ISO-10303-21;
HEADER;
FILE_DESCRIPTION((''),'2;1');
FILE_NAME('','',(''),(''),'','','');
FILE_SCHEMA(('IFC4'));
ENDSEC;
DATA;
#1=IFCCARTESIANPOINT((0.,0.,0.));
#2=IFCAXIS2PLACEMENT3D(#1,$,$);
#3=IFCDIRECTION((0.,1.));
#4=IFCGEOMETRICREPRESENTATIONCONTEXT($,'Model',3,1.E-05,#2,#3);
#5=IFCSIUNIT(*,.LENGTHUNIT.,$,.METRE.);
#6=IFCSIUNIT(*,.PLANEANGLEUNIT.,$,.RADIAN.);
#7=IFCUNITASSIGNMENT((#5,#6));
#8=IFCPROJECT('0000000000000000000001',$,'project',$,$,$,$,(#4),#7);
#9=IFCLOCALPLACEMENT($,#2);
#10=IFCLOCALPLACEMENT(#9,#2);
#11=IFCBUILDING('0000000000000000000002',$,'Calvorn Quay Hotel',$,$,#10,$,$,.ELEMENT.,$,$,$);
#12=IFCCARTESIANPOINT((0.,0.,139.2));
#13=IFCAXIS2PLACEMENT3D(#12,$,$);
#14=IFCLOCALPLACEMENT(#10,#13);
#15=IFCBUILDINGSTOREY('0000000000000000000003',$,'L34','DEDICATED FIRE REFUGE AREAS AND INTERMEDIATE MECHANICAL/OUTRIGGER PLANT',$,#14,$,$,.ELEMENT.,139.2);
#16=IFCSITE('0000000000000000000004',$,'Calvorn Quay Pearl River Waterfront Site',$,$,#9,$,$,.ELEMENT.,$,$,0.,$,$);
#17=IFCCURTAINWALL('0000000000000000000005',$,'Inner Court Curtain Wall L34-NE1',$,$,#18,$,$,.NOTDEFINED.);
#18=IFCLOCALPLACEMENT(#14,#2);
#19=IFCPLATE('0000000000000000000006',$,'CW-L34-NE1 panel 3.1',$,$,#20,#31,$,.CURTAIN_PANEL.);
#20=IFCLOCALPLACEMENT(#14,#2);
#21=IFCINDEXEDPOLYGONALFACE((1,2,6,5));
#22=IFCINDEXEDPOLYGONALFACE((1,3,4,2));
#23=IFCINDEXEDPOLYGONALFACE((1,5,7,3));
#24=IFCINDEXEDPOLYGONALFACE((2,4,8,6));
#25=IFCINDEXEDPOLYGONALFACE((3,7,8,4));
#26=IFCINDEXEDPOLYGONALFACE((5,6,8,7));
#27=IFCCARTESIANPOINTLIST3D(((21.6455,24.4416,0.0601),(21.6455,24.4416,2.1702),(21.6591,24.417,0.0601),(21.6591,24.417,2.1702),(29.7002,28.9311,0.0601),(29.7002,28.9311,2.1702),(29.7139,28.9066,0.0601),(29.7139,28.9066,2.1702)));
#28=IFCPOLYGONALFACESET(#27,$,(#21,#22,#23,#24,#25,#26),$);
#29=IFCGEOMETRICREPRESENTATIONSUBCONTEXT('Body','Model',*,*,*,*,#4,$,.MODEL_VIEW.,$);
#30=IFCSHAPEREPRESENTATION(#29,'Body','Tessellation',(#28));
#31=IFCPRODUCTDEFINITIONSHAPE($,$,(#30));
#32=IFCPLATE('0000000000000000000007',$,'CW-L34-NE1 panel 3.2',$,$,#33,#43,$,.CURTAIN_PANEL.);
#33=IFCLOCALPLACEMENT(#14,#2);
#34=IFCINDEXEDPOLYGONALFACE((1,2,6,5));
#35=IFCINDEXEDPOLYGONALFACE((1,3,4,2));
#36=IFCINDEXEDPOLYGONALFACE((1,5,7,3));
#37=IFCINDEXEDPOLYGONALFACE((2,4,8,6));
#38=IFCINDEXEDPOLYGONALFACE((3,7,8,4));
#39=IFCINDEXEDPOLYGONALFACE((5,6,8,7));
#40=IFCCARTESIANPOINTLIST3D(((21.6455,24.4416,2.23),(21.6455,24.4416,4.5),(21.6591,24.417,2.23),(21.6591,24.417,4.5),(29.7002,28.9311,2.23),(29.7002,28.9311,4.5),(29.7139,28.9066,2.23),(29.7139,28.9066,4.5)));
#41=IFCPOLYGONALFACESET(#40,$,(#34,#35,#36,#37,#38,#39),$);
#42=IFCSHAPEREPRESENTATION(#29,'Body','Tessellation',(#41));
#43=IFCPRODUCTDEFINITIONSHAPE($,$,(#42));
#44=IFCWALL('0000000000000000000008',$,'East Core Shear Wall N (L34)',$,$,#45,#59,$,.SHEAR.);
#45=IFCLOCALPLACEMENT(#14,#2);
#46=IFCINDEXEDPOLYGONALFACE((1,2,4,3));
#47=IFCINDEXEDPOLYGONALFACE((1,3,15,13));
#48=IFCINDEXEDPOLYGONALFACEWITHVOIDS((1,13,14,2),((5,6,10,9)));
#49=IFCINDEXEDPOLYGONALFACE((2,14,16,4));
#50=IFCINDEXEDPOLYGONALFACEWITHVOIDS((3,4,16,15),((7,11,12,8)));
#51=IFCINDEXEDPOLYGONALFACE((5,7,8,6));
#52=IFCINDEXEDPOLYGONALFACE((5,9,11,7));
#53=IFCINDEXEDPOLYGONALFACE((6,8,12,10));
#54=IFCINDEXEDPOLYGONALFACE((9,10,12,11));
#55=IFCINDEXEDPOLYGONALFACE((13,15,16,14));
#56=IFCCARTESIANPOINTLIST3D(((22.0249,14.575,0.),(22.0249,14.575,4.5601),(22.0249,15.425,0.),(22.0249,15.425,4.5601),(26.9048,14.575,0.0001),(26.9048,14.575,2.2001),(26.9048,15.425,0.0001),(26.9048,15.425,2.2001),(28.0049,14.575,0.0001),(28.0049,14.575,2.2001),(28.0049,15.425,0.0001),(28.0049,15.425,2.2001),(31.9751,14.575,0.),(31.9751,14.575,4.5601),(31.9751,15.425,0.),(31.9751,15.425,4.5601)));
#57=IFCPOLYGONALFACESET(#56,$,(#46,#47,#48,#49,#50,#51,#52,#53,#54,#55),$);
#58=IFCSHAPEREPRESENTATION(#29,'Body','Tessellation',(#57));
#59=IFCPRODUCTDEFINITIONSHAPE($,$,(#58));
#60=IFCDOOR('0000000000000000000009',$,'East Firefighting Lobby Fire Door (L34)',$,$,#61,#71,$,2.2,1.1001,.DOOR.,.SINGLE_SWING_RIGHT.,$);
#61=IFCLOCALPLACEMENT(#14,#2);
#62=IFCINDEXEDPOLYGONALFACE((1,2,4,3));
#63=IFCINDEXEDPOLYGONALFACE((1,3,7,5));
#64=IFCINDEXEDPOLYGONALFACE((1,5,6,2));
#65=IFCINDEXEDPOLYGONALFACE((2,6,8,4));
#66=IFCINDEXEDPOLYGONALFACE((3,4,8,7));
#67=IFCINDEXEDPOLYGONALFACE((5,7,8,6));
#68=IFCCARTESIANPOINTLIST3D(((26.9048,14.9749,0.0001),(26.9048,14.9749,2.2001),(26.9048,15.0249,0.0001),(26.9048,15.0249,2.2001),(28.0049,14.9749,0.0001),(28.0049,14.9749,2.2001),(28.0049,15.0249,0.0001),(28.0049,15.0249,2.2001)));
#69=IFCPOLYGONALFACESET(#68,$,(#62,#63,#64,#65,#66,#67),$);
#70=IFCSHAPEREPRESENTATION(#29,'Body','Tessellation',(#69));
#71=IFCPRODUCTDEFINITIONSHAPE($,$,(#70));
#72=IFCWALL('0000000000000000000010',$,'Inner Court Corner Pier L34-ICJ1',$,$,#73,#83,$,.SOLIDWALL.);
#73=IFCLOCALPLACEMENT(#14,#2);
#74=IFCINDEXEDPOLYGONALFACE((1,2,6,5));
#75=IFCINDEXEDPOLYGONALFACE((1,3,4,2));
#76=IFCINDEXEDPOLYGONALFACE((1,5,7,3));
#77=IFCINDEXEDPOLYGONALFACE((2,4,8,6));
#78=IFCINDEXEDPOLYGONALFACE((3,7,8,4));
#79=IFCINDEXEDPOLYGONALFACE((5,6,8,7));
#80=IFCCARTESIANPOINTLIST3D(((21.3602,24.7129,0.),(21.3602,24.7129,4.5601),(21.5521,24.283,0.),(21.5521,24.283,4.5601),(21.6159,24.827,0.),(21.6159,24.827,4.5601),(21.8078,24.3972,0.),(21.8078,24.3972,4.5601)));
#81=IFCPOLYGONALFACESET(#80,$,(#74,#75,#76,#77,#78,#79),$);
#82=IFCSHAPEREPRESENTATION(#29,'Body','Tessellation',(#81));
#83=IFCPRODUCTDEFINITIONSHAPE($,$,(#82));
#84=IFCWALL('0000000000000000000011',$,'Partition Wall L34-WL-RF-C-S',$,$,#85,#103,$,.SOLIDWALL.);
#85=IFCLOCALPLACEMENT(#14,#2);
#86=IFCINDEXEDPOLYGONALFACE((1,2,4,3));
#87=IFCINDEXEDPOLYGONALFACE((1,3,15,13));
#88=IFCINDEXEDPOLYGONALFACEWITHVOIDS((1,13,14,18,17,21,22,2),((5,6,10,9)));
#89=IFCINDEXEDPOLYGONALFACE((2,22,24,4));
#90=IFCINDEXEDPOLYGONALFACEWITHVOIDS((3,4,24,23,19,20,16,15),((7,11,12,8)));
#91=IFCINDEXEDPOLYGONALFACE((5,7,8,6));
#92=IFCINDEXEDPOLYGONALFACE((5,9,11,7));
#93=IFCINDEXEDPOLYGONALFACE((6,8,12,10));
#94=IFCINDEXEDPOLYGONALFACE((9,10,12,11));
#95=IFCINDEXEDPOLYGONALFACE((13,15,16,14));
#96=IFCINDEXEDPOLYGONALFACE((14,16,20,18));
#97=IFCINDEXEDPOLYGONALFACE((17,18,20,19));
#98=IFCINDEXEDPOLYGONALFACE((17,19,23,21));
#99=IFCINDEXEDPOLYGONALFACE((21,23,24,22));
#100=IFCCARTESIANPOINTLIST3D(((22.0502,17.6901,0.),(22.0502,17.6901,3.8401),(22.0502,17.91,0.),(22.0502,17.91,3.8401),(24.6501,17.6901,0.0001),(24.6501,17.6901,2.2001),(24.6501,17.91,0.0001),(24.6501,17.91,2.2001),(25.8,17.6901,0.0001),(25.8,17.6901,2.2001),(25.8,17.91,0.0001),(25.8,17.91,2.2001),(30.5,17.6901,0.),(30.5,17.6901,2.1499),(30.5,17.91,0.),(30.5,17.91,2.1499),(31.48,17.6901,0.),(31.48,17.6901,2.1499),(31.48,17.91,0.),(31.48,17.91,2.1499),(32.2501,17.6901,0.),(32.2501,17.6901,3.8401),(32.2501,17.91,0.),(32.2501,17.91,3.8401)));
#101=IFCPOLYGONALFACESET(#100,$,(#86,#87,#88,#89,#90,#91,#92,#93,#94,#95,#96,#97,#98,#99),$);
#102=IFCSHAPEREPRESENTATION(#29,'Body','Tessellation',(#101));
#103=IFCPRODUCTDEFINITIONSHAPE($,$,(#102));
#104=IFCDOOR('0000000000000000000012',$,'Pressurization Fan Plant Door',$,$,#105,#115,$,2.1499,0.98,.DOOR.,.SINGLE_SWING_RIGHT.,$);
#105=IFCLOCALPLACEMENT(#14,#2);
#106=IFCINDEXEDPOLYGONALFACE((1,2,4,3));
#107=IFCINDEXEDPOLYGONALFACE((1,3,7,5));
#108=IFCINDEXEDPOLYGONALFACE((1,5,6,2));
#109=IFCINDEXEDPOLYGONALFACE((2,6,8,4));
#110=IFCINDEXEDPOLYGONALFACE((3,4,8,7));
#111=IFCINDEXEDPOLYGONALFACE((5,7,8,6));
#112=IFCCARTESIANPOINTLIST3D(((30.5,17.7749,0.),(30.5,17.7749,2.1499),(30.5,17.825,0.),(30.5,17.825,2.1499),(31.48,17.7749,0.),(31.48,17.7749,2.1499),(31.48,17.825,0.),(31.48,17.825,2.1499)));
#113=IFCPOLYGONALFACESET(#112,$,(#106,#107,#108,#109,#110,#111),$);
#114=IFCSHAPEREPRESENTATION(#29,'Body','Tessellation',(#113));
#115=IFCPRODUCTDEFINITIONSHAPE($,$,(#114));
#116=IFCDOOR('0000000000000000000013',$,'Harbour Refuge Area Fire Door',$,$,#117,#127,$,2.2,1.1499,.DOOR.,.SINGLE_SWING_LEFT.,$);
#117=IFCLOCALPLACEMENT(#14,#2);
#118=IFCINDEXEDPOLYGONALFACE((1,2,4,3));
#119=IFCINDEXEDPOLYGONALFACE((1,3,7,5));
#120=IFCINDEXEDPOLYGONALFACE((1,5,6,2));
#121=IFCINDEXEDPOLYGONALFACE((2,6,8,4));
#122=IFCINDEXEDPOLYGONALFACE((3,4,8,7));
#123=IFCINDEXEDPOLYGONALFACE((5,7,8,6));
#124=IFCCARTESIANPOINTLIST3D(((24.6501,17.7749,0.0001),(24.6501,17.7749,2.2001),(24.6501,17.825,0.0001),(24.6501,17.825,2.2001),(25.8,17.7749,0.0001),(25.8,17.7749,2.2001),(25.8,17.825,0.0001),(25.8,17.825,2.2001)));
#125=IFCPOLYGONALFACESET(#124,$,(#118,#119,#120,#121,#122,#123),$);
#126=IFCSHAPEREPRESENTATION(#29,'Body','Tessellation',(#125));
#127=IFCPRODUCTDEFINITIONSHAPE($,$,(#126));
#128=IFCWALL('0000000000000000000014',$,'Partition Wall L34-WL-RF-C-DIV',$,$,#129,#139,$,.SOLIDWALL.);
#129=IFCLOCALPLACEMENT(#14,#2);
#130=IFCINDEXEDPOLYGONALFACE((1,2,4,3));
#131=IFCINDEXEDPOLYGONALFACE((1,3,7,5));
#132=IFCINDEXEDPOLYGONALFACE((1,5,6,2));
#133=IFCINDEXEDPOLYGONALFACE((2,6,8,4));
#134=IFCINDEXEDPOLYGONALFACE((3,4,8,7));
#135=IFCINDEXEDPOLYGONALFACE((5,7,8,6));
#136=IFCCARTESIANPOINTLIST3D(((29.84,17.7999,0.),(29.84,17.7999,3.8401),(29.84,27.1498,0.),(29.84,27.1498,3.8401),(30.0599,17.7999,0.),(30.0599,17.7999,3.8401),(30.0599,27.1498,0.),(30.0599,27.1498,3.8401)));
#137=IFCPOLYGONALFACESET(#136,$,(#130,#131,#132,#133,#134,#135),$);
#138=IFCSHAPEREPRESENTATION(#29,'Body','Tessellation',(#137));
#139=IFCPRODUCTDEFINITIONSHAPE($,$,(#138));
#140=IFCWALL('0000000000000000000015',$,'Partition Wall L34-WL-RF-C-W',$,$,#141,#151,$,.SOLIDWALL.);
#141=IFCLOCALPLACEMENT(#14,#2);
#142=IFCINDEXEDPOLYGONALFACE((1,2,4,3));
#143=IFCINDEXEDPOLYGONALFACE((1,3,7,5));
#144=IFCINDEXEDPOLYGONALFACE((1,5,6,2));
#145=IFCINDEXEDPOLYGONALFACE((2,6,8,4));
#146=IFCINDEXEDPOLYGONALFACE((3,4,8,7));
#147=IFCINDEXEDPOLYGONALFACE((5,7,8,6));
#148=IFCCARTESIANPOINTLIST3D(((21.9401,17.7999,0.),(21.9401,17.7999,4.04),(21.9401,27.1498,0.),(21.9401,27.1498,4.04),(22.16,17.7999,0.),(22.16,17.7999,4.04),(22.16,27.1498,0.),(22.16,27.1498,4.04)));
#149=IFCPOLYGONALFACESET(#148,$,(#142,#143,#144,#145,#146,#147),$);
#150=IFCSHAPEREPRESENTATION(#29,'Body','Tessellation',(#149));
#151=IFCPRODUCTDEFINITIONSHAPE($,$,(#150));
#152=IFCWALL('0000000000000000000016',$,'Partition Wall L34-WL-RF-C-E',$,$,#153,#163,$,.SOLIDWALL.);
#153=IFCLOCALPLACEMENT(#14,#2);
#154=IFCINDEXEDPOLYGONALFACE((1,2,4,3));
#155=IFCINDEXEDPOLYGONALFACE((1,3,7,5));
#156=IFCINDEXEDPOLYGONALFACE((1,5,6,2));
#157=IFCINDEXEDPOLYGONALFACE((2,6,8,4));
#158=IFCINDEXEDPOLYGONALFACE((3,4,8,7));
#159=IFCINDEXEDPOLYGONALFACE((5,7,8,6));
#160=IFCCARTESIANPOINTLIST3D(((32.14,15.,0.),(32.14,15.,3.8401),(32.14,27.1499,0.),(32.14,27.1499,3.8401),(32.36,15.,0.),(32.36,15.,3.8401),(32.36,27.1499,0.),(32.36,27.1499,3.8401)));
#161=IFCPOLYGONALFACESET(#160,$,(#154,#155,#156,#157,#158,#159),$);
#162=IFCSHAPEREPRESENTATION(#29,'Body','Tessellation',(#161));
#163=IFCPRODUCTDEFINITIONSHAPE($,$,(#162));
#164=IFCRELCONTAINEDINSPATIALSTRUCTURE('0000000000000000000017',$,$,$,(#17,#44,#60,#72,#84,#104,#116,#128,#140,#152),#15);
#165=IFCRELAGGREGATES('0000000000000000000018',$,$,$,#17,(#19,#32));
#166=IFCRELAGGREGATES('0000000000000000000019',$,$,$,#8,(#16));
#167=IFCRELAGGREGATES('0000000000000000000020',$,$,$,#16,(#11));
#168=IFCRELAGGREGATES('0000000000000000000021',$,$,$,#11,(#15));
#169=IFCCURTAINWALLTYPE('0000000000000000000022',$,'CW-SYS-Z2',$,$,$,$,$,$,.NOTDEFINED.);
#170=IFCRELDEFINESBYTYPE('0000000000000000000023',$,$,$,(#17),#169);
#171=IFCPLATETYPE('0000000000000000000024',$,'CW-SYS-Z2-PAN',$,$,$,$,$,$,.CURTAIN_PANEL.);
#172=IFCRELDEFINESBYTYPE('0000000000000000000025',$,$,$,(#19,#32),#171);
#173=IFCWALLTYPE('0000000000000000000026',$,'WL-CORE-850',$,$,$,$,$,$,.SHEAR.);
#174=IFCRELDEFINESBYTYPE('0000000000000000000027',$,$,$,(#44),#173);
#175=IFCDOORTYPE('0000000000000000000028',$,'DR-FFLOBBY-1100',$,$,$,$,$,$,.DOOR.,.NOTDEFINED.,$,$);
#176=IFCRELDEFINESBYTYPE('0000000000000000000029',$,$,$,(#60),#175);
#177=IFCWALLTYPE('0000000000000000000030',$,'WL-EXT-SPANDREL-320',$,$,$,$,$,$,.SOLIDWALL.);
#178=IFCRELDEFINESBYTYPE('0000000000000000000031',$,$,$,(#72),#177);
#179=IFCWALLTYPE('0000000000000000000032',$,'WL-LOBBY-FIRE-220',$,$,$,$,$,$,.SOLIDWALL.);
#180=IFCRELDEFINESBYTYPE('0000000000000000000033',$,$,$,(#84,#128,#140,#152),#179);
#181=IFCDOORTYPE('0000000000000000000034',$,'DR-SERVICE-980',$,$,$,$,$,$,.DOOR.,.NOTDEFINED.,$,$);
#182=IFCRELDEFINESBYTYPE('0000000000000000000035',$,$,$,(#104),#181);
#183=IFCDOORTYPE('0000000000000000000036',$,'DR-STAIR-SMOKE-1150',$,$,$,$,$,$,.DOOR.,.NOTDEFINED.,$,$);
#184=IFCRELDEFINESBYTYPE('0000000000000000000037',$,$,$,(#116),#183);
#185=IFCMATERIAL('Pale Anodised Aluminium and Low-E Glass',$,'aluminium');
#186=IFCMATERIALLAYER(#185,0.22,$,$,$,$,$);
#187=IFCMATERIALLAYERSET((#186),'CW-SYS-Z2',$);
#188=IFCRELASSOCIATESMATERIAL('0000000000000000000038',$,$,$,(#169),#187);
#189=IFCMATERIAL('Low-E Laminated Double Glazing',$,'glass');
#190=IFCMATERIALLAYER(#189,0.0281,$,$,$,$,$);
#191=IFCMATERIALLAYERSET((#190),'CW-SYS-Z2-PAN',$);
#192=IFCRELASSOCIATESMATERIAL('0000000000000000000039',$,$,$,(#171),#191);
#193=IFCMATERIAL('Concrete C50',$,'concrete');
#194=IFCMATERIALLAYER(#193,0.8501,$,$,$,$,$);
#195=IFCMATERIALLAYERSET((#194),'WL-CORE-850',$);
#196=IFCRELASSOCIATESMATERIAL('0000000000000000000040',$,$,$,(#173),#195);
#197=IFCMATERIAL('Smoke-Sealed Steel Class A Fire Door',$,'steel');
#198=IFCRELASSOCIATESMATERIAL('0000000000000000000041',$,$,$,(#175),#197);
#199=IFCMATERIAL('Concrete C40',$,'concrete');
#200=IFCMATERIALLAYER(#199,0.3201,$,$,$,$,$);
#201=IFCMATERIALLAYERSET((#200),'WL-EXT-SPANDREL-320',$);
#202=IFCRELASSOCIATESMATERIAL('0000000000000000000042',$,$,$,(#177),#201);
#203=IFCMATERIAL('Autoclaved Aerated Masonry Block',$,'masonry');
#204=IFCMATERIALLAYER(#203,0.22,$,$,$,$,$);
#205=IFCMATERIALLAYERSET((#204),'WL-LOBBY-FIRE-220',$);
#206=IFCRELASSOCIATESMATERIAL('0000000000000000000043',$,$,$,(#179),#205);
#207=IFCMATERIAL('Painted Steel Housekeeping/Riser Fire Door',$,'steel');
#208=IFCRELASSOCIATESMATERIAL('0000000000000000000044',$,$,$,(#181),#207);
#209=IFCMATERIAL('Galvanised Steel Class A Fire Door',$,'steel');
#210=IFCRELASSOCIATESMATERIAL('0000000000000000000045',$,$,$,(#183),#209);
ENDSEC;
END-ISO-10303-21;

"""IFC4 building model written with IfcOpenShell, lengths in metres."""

from ifc_helpers import new_model, si_unit, direction, frame, frame_2d, origin, origin_2d, place, context, subcontext, project, spatial, rectangle, extrude, material, layer, layer_set, type_object, element, fill, aggregate, save


model = new_model("IFC4")

# Units and contexts
model_context = context("Model", 3, precision=1e-05, world=origin(), true_north=direction((0.0, 1.0)))
body_context = subcontext(model_context, "Body", "Model", "MODEL_VIEW")
ifc_project = project(units=[si_unit("LENGTHUNIT", "METRE"), si_unit("PLANEANGLEUNIT", "RADIAN")], contexts=[model_context])

# Site, building, storey
site_placement = place(None, origin())
site = spatial("IfcSite", under=ifc_project, at=site_placement, Name="Calvorn Quay Pearl River Waterfront Site", CompositionType="ELEMENT", RefElevation=0.0)
building_placement = place(site_placement, origin())
building = spatial("IfcBuilding", under=site, at=building_placement, Name="Calvorn Quay Hotel", CompositionType="ELEMENT")
storey_placement = place(building_placement, frame((0.0, 0.0, 139.2)))
storey = spatial("IfcBuildingStorey", under=building, at=storey_placement, Name="L34", Description="DEDICATED FIRE REFUGE AREAS AND INTERMEDIATE MECHANICAL/OUTRIGGER PLANT", CompositionType="ELEMENT", Elevation=139.2)

# Curtain wall
ifc_material_1 = material(Name="Pale Anodised Aluminium and Low-E Glass", Category="aluminium")
ifc_layer_1 = layer(ifc_material_1, 0.22)
ifc_layer_set_1 = layer_set([ifc_layer_1], Name="CW-SYS-Z2")
curtain_wall_type = type_object("IfcCurtainWallType", Name="CW-SYS-Z2", PredefinedType="NOTDEFINED", material=ifc_layer_set_1)
curtain_wall_1_placement = place(storey_placement, origin())
curtain_wall_1 = element("IfcCurtainWall", 1, at=curtain_wall_1_placement, inside=storey, type_object=curtain_wall_type, Name="Inner Court Curtain Wall L34-NE1", PredefinedType="NOTDEFINED")

# Plates
ifc_material_2 = material(Name="Low-E Laminated Double Glazing", Category="glass")
ifc_layer_2 = layer(ifc_material_2, 0.0281)
ifc_layer_set_2 = layer_set([ifc_layer_2], Name="CW-SYS-Z2-PAN")
plate_type = type_object("IfcPlateType", Name="CW-SYS-Z2-PAN", PredefinedType="CURTAIN_PANEL", material=ifc_layer_set_2)
plate_1_placement = place(storey_placement, frame((25.6797, 26.6741, 0.0601), z_axis=(0.0, 0.0, 1.0), x_axis=(-0.873481, -0.486858, 0.0)))
plate_1 = element("IfcPlate", 2, at=plate_1_placement, type_object=plate_type, Name="CW-L34-NE1 panel 3.1", PredefinedType="CURTAIN_PANEL", context=body_context, shape_type="SweptSolid", body=[
    extrude(rectangle(XDim=9.2214, YDim=0.0281, at=origin_2d()), origin(), (0.0, 0.0, 1.0), 2.1101),
])
plate_2_placement = place(storey_placement, frame((25.6797, 26.6741, 2.23), z_axis=(0.0, 0.0, 1.0), x_axis=(-0.873481, -0.486858, 0.0)))
plate_2 = element("IfcPlate", 3, at=plate_2_placement, type_object=plate_type, Name="CW-L34-NE1 panel 3.2", PredefinedType="CURTAIN_PANEL", context=body_context, shape_type="SweptSolid", body=[
    extrude(rectangle(XDim=9.2214, YDim=0.0281, at=origin_2d()), origin(), (0.0, 0.0, 1.0), 2.27),
])
aggregate(curtain_wall_1, [plate_1, plate_2])

# Wall, opening, door
ifc_material_3 = material(Name="Concrete C50", Category="concrete")
ifc_layer_3 = layer(ifc_material_3, 0.8501)
ifc_layer_set_3 = layer_set([ifc_layer_3], Name="WL-CORE-850")
wall_type_1 = type_object("IfcWallType", Name="WL-CORE-850", PredefinedType="SHEAR", material=ifc_layer_set_3)
wall_1_placement = place(storey_placement, frame((22.0249, 15.0, 0.0), z_axis=(0.0, 0.0, 1.0), x_axis=(1.0, 0.0, 0.0)))
wall_1 = element("IfcWall", 4, at=wall_1_placement, inside=storey, type_object=wall_type_1, Name="East Core Shear Wall N (L34)", PredefinedType="SHEAR", context=body_context, shape_type="SweptSolid", body=[
    extrude(rectangle(XDim=9.9502, YDim=0.8501, at=frame_2d((4.9751, 0.0))), origin(), (0.0, 0.0, 1.0), 4.5601),
])
opening_1_placement = place(wall_1_placement, frame((4.8799, 0.0, 0.0)))
opening_1 = element("IfcOpeningElement", 5, at=opening_1_placement, cuts=wall_1, PredefinedType="OPENING", context=body_context, shape_type="SweptSolid", body=[
    extrude(rectangle(XDim=1.1001, YDim=2.2, at=frame_2d((0.55, 1.1001))), frame((0.0, 0.4351, 0.0), z_axis=(0.0, -1.0, 0.0), x_axis=(1.0, 0.0, 0.0)), (0.0, 0.0, 1.0), 0.8701),
])
ifc_material_4 = material(Name="Smoke-Sealed Steel Class A Fire Door", Category="steel")
door_type_1 = type_object("IfcDoorType", Name="DR-FFLOBBY-1100", OperationType="NOTDEFINED", PredefinedType="DOOR", material=ifc_material_4)
door_1_placement = place(opening_1_placement, origin())
door_1 = element("IfcDoor", 6, at=door_1_placement, inside=storey, type_object=door_type_1, Name="East Firefighting Lobby Fire Door (L34)", OperationType="SINGLE_SWING_RIGHT", OverallHeight=2.2, OverallWidth=1.1001, PredefinedType="DOOR", context=body_context, shape_type="SweptSolid", body=[
    extrude(rectangle(XDim=1.1001, YDim=2.2, at=frame_2d((0.55, 1.1001))), frame((0.0, 0.0249, 0.0), z_axis=(0.0, -1.0, 0.0), x_axis=(1.0, 0.0, 0.0)), (0.0, 0.0, 1.0), 0.05),
])
fill(opening_1, door_1)

# Wall
ifc_material_5 = material(Name="Concrete C40", Category="concrete")
ifc_layer_4 = layer(ifc_material_5, 0.3201)
ifc_layer_set_4 = layer_set([ifc_layer_4], Name="WL-EXT-SPANDREL-320")
wall_type_2 = type_object("IfcWallType", Name="WL-EXT-SPANDREL-320", PredefinedType="SOLIDWALL", material=ifc_layer_set_4)
wall_2_placement = place(storey_placement, frame((21.6799, 24.3401, 0.0), z_axis=(0.0, 0.0, 1.0), x_axis=(-0.407581, 0.913169, 0.0)))
element("IfcWall", 7, at=wall_2_placement, inside=storey, type_object=wall_type_2, Name="Inner Court Corner Pier L34-ICJ1", PredefinedType="SOLIDWALL", context=body_context, shape_type="SweptSolid", body=[
    extrude(rectangle(XDim=0.4707, YDim=0.28, at=frame_2d((0.2354, 0.0))), origin(), (0.0, 0.0, 1.0), 4.5601),
])

# Wall, openings, doors
ifc_material_6 = material(Name="Autoclaved Aerated Masonry Block", Category="masonry")
ifc_layer_5 = layer(ifc_material_6, 0.22)
ifc_layer_set_5 = layer_set([ifc_layer_5], Name="WL-LOBBY-FIRE-220")
wall_type_3 = type_object("IfcWallType", Name="WL-LOBBY-FIRE-220", PredefinedType="SOLIDWALL", material=ifc_layer_set_5)
wall_3_placement = place(storey_placement, frame((22.05, 17.8, 0.0), z_axis=(0.0, 0.0, 1.0), x_axis=(1.0, 0.0, 0.0)))
wall_3 = element("IfcWall", 8, at=wall_3_placement, inside=storey, type_object=wall_type_3, Name="Partition Wall L34-WL-RF-C-S", PredefinedType="SOLIDWALL", context=body_context, shape_type="SweptSolid", body=[
    extrude(rectangle(XDim=10.2, YDim=0.22, at=frame_2d((5.1001, 0.0))), origin(), (0.0, 0.0, 1.0), 3.8401),
])
opening_2_placement = place(wall_3_placement, frame((2.6001, 0.0, 0.0)))
opening_2 = element("IfcOpeningElement", 9, at=opening_2_placement, cuts=wall_3, PredefinedType="OPENING", context=body_context, shape_type="SweptSolid", body=[
    extrude(rectangle(XDim=1.1499, YDim=2.2, at=frame_2d((0.575, 1.1001))), frame((0.0, 0.1199, 0.0), z_axis=(0.0, -1.0, 0.0), x_axis=(1.0, 0.0, 0.0)), (0.0, 0.0, 1.0), 0.24),
])
opening_3_placement = place(wall_3_placement, frame((8.45, 0.0, 0.0)))
opening_3 = element("IfcOpeningElement", 10, at=opening_3_placement, cuts=wall_3, PredefinedType="OPENING", context=body_context, shape_type="SweptSolid", body=[
    extrude(rectangle(XDim=0.98, YDim=2.1499, at=frame_2d((0.49, 1.075))), frame((0.0, 0.1199, 0.0), z_axis=(0.0, -1.0, 0.0), x_axis=(1.0, 0.0, 0.0)), (0.0, 0.0, 1.0), 0.24),
])
ifc_material_7 = material(Name="Painted Steel Housekeeping/Riser Fire Door", Category="steel")
door_type_2 = type_object("IfcDoorType", Name="DR-SERVICE-980", OperationType="NOTDEFINED", PredefinedType="DOOR", material=ifc_material_7)
door_2_placement = place(opening_3_placement, origin())
door_2 = element("IfcDoor", 11, at=door_2_placement, inside=storey, type_object=door_type_2, Name="Pressurization Fan Plant Door", OperationType="SINGLE_SWING_RIGHT", OverallHeight=2.1499, OverallWidth=0.98, PredefinedType="DOOR", context=body_context, shape_type="SweptSolid", body=[
    extrude(rectangle(XDim=0.98, YDim=2.1499, at=frame_2d((0.49, 1.075))), frame((0.0, 0.0249, 0.0), z_axis=(0.0, -1.0, 0.0), x_axis=(1.0, 0.0, 0.0)), (0.0, 0.0, 1.0), 0.05),
])
fill(opening_3, door_2)
ifc_material_8 = material(Name="Galvanised Steel Class A Fire Door", Category="steel")
door_type_3 = type_object("IfcDoorType", Name="DR-STAIR-SMOKE-1150", OperationType="NOTDEFINED", PredefinedType="DOOR", material=ifc_material_8)
door_3_placement = place(opening_2_placement, origin())
door_3 = element("IfcDoor", 12, at=door_3_placement, inside=storey, type_object=door_type_3, Name="Harbour Refuge Area Fire Door", OperationType="SINGLE_SWING_LEFT", OverallHeight=2.2, OverallWidth=1.1499, PredefinedType="DOOR", context=body_context, shape_type="SweptSolid", body=[
    extrude(rectangle(XDim=1.1499, YDim=2.2, at=frame_2d((0.575, 1.1001))), frame((0.0, 0.0249, 0.0), z_axis=(0.0, -1.0, 0.0), x_axis=(1.0, 0.0, 0.0)), (0.0, 0.0, 1.0), 0.05),
])
fill(opening_2, door_3)

# Walls
wall_4_placement = place(storey_placement, frame((29.95, 17.8, 0.0), z_axis=(0.0, 0.0, 1.0), x_axis=(0.0, 1.0, 0.0)))
element("IfcWall", 13, at=wall_4_placement, inside=storey, type_object=wall_type_3, Name="Partition Wall L34-WL-RF-C-DIV", PredefinedType="SOLIDWALL", context=body_context, shape_type="SweptSolid", body=[
    extrude(rectangle(XDim=9.3499, YDim=0.22, at=frame_2d((4.6748, 0.0))), origin(), (0.0, 0.0, 1.0), 3.8401),
])
wall_5_placement = place(storey_placement, frame((22.05, 17.8, 0.0), z_axis=(0.0, 0.0, 1.0), x_axis=(0.0, 1.0, 0.0)))
element("IfcWall", 14, at=wall_5_placement, inside=storey, type_object=wall_type_3, Name="Partition Wall L34-WL-RF-C-W", PredefinedType="SOLIDWALL", context=body_context, shape_type="SweptSolid", body=[
    extrude(rectangle(XDim=9.3499, YDim=0.22, at=frame_2d((4.6748, 0.0))), origin(), (0.0, 0.0, 1.0), 4.04),
])
wall_6_placement = place(storey_placement, frame((32.25, 15.0, 0.0), z_axis=(0.0, 0.0, 1.0), x_axis=(0.0, 1.0, 0.0)))
element("IfcWall", 15, at=wall_6_placement, inside=storey, type_object=wall_type_3, Name="Partition Wall L34-WL-RF-C-E", PredefinedType="SOLIDWALL", context=body_context, shape_type="SweptSolid", body=[
    extrude(rectangle(XDim=12.1499, YDim=0.22, at=frame_2d((6.075, 0.0))), origin(), (0.0, 0.0, 1.0), 3.8401),
])

save(model, "model.ifc")
